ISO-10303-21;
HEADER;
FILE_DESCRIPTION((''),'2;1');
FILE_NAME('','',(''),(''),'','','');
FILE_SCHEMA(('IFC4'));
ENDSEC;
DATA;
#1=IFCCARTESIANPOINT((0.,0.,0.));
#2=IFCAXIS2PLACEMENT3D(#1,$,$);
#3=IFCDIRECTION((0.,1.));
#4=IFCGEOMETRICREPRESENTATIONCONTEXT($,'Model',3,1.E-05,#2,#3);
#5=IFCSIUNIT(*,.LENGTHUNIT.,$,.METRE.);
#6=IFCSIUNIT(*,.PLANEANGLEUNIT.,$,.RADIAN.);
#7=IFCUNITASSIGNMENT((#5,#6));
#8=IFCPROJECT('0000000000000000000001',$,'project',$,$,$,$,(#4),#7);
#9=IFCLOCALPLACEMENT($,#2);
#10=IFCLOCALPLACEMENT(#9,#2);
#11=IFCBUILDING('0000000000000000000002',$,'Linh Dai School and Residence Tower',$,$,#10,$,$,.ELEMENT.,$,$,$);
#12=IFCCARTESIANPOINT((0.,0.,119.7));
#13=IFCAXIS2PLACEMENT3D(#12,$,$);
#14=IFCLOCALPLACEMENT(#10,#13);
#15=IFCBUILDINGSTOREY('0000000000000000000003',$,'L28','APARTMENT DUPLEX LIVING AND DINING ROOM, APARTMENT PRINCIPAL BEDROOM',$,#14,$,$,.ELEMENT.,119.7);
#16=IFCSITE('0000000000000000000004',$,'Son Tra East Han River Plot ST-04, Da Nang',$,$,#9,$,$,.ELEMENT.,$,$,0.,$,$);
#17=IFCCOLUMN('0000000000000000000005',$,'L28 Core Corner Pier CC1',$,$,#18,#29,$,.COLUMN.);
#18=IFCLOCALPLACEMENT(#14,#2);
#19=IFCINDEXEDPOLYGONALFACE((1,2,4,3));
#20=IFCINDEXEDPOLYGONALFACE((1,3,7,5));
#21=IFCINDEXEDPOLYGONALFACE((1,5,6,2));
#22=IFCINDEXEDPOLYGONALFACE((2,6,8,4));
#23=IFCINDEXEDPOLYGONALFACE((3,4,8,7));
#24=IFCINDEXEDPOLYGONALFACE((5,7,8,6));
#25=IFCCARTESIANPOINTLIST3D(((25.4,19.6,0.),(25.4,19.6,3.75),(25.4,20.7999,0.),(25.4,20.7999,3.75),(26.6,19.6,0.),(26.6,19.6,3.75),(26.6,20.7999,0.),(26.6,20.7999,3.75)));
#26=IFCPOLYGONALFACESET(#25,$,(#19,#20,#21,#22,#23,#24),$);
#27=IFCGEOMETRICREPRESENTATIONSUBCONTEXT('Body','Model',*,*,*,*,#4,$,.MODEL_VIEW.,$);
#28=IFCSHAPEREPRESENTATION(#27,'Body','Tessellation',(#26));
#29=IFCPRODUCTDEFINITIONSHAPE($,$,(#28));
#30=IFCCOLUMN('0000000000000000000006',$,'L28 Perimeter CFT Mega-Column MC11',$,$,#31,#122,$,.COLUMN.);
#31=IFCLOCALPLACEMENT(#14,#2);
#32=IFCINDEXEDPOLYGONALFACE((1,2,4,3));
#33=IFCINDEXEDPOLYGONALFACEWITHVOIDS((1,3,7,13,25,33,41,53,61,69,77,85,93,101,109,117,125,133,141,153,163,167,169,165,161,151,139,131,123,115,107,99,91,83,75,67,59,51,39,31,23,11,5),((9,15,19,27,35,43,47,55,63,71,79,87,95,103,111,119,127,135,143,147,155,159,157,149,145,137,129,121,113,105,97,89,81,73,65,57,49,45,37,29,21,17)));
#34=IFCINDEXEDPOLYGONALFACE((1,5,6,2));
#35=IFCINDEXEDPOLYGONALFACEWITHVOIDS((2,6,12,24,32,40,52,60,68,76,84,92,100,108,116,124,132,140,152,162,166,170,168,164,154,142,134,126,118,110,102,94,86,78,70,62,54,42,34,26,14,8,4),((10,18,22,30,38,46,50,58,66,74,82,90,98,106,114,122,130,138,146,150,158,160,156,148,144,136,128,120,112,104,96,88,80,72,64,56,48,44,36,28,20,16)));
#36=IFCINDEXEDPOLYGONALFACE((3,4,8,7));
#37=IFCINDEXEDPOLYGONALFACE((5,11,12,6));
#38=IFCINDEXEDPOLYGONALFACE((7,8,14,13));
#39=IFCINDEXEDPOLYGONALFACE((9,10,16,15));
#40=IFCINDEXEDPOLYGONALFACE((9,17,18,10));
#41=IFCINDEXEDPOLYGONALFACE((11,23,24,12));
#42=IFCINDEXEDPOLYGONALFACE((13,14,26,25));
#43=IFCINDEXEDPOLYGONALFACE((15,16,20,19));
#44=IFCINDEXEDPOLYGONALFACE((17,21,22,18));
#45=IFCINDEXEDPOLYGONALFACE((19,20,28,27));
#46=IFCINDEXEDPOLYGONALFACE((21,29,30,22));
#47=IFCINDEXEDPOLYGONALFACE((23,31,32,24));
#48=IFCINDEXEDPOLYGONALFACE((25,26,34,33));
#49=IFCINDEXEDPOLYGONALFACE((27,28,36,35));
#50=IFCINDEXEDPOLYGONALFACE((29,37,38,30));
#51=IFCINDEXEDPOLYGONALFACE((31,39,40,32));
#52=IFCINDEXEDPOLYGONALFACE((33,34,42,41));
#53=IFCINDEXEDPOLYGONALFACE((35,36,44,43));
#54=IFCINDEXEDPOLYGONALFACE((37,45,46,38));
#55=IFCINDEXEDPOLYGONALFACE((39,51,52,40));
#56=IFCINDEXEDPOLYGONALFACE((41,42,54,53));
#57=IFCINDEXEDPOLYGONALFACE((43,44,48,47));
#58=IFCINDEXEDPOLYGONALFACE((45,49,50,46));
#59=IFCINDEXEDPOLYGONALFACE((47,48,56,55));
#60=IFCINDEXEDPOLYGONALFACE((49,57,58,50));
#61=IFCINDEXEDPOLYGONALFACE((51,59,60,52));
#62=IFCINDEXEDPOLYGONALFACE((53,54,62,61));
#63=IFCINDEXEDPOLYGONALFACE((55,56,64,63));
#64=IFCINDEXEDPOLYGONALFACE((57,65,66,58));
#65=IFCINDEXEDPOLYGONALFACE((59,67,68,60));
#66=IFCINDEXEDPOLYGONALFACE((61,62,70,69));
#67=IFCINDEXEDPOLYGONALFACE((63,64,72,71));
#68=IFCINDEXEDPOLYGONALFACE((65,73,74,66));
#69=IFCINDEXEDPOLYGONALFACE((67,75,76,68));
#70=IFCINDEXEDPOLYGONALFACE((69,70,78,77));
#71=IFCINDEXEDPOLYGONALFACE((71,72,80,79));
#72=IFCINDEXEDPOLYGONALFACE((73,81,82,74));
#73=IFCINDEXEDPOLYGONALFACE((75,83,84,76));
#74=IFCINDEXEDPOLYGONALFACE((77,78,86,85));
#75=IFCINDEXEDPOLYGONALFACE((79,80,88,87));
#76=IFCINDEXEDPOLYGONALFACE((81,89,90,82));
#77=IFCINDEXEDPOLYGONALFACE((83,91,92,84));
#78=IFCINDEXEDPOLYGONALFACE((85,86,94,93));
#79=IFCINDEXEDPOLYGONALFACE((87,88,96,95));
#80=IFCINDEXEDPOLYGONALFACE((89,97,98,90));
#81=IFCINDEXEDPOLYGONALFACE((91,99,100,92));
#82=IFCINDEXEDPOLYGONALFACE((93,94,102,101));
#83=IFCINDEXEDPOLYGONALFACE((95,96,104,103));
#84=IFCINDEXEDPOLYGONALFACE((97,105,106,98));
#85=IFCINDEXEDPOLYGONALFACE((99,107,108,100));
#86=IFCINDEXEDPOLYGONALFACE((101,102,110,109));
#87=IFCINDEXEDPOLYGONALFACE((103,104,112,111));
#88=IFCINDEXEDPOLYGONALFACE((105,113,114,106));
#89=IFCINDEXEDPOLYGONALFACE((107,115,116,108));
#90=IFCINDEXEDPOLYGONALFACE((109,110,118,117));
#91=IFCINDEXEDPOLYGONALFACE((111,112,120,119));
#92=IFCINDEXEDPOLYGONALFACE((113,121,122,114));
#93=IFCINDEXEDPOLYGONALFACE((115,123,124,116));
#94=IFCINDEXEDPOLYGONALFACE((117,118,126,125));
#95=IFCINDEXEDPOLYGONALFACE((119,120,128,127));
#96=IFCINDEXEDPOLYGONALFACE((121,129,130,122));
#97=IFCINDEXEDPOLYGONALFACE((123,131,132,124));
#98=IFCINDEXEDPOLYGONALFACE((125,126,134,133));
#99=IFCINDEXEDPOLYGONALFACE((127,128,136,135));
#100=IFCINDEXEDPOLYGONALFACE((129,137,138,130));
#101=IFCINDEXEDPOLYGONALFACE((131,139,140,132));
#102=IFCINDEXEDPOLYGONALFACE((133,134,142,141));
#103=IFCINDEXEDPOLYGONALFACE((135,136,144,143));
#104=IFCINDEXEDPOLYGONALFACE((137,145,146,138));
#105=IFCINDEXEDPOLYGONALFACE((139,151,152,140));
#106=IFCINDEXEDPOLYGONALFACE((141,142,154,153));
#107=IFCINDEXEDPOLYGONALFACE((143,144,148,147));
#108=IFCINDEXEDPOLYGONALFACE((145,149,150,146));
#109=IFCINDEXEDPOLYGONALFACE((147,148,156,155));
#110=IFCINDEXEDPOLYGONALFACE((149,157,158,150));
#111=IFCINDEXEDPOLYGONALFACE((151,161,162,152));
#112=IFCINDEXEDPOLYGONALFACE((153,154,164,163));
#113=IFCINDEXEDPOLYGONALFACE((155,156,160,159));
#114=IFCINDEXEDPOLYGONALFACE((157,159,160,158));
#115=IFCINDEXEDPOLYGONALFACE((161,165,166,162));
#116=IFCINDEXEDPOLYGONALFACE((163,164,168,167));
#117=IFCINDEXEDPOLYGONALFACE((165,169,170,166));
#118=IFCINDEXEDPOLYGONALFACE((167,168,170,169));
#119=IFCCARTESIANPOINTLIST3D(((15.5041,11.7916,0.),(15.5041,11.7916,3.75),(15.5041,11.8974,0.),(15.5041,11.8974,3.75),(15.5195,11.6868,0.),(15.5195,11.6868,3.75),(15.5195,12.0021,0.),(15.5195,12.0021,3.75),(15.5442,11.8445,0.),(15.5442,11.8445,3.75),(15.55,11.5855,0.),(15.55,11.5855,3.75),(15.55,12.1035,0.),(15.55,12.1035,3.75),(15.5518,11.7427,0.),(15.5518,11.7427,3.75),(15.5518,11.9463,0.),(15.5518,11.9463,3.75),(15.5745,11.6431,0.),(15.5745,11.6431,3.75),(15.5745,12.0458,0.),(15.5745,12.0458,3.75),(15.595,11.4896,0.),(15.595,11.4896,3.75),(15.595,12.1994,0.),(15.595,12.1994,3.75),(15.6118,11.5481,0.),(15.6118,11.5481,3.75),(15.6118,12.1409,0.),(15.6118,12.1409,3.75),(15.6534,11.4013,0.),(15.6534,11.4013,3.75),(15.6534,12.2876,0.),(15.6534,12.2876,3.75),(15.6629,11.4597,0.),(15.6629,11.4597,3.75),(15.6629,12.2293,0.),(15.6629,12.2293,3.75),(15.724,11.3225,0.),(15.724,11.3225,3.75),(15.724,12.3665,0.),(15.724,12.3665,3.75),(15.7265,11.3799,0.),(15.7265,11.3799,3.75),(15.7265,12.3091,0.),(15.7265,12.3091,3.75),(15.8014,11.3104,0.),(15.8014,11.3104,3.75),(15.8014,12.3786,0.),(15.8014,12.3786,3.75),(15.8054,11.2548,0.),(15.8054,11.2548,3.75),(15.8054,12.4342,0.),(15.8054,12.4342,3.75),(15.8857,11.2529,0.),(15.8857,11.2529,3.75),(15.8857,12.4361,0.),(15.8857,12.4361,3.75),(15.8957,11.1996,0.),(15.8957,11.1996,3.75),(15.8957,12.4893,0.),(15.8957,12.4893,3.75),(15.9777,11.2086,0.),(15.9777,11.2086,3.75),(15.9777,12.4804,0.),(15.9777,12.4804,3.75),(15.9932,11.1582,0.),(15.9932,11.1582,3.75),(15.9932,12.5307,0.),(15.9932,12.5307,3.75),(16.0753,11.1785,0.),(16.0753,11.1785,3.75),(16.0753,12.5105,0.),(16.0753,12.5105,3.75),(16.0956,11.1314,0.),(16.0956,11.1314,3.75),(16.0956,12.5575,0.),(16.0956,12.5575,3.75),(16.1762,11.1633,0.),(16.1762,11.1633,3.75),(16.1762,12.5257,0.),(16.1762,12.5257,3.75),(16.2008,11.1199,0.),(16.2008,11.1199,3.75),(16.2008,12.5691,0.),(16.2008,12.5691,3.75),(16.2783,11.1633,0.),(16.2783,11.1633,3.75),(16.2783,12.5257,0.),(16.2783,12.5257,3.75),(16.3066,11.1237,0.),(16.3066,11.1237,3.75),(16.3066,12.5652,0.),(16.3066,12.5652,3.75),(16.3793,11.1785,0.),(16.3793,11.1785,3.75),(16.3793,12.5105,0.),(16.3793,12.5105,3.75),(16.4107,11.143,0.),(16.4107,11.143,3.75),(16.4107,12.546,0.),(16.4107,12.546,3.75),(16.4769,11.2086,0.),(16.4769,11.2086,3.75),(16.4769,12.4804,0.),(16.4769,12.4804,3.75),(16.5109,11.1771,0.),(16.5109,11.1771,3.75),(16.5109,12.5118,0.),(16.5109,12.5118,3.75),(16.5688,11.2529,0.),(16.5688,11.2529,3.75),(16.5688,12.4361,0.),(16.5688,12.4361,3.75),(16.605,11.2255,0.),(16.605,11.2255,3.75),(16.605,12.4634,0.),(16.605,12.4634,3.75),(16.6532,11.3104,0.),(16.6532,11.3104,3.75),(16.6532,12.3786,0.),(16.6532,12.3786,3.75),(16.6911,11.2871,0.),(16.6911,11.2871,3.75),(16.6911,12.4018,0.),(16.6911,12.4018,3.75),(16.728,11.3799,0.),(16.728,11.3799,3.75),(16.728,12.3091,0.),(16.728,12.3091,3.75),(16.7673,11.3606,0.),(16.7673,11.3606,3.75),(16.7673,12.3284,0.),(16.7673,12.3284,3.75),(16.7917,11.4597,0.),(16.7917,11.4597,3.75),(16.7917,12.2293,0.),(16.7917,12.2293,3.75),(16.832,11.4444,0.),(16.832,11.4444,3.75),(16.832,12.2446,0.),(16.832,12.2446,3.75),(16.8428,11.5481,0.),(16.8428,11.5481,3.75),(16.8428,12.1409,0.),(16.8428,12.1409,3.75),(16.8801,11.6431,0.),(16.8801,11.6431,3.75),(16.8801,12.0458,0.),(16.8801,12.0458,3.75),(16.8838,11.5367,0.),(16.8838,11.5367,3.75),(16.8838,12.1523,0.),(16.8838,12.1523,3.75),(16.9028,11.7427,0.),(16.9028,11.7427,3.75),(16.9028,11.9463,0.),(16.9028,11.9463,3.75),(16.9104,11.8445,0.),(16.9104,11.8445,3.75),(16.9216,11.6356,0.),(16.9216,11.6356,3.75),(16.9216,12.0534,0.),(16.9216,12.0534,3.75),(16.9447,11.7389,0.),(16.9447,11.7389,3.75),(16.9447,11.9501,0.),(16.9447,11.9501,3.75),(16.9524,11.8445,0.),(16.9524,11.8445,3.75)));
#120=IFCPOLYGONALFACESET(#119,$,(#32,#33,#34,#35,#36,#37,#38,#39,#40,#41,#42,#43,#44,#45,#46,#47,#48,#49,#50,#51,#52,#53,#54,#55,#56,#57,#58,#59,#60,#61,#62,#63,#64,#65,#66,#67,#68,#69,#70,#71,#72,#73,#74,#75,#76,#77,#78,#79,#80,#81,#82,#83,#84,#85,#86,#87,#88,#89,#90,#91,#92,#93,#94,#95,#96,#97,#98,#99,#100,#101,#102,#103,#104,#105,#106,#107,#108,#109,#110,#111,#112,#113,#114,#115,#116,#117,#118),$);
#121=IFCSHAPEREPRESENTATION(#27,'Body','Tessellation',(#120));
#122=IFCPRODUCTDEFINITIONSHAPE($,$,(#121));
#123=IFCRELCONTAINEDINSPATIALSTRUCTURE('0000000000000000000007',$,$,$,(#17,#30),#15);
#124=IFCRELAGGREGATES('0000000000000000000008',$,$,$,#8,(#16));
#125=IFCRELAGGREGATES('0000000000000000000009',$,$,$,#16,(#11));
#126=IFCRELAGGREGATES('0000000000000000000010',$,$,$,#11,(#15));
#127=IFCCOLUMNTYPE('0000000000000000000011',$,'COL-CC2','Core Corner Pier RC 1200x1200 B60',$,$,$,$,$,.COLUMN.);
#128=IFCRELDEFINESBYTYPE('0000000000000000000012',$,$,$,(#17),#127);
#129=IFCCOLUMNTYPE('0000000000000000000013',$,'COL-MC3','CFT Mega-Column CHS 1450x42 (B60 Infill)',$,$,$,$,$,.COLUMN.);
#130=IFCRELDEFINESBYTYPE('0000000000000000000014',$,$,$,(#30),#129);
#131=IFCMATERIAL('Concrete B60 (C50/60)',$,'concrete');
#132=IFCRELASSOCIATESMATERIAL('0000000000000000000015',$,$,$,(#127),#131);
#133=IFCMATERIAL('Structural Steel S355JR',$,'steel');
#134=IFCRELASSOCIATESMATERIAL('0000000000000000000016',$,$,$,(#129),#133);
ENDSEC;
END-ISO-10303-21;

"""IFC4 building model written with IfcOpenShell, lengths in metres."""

from ifc_helpers import new_model, si_unit, direction, frame, origin, origin_2d, place, context, subcontext, project, spatial, rectangle, hollow_circle, extrude, material, material_profile, profile_set, type_object, element, save


model = new_model("IFC4")

# Units and contexts
model_context = context("Model", 3, precision=1e-05, world=origin(), true_north=direction((0.0, 1.0)))
body_context = subcontext(model_context, "Body", "Model", "MODEL_VIEW")
ifc_project = project(units=[si_unit("LENGTHUNIT", "METRE"), si_unit("PLANEANGLEUNIT", "RADIAN")], contexts=[model_context])

# Site, building, storey
site_placement = place(None, origin())
site = spatial("IfcSite", under=ifc_project, at=site_placement, Name="Son Tra East Han River Plot ST-04, Da Nang", CompositionType="ELEMENT", RefElevation=0.0)
building_placement = place(site_placement, origin())
building = spatial("IfcBuilding", under=site, at=building_placement, Name="Linh Dai School and Residence Tower", CompositionType="ELEMENT")
storey_placement = place(building_placement, frame((0.0, 0.0, 119.7)))
storey = spatial("IfcBuildingStorey", under=building, at=storey_placement, Name="L28", Description="APARTMENT DUPLEX LIVING AND DINING ROOM, APARTMENT PRINCIPAL BEDROOM", CompositionType="ELEMENT", Elevation=119.7)

# Columns
ifc_material_1 = material(Name="Concrete B60 (C50/60)", Category="concrete")
ifc_material_profile_1 = material_profile(ifc_material_1, rectangle(XDim=1.2, YDim=1.2, at=origin_2d()), Name="RC 1200x1200")
ifc_profile_set_1 = profile_set([ifc_material_profile_1], Name="Concrete B60 (C50/60)")
column_type_1 = type_object("IfcColumnType", Name="COL-CC2", Description="Core Corner Pier RC 1200x1200 B60", PredefinedType="COLUMN", material=ifc_profile_set_1)
column_placement = place(storey_placement, frame((26.0, 20.2, 0.0), z_axis=(0.0, 0.0, 1.0), x_axis=(1.0, 0.0, 0.0)))
element("IfcColumn", 1, at=column_placement, inside=storey, type_object=column_type_1, Name="L28 Core Corner Pier CC1", PredefinedType="COLUMN", context=body_context, shape_type="SweptSolid", body=[
    extrude(rectangle(XDim=1.2, YDim=1.2, at=origin_2d()), origin(), (0.0, 0.0, 1.0), 3.75),
])
ifc_material_2 = material(Name="Structural Steel S355JR", Category="steel")
ifc_material_profile_2 = material_profile(ifc_material_2, hollow_circle(Radius=0.7251, WallThickness=0.042, at=origin_2d()), Name="CHS 1450x42")
ifc_profile_set_2 = profile_set([ifc_material_profile_2], Name="Structural Steel S355JR")
column_type_2 = type_object("IfcColumnType", Name="COL-MC3", Description="CFT Mega-Column CHS 1450x42 (B60 Infill)", PredefinedType="COLUMN", material=ifc_profile_set_2)
for number, where, z_axis, x_axis, name in (
    (2, (16.2273, 11.8445, 0.0), (0.0, 0.0, 1.0), (1.0, 0.0, 0.0), "L28 Perimeter CFT Mega-Column MC11"),
):
    element("IfcColumn", number, at=place(storey_placement, frame(where, z_axis=z_axis, x_axis=x_axis)), inside=storey, type_object=column_type_2, Name=name, PredefinedType="COLUMN", context=body_context, shape_type="SweptSolid", body=[
        extrude(hollow_circle(Radius=0.7251, WallThickness=0.042, at=origin_2d()), origin(), (0.0, 0.0, 1.0), 3.75),
    ])

save(model, "model.ifc")
